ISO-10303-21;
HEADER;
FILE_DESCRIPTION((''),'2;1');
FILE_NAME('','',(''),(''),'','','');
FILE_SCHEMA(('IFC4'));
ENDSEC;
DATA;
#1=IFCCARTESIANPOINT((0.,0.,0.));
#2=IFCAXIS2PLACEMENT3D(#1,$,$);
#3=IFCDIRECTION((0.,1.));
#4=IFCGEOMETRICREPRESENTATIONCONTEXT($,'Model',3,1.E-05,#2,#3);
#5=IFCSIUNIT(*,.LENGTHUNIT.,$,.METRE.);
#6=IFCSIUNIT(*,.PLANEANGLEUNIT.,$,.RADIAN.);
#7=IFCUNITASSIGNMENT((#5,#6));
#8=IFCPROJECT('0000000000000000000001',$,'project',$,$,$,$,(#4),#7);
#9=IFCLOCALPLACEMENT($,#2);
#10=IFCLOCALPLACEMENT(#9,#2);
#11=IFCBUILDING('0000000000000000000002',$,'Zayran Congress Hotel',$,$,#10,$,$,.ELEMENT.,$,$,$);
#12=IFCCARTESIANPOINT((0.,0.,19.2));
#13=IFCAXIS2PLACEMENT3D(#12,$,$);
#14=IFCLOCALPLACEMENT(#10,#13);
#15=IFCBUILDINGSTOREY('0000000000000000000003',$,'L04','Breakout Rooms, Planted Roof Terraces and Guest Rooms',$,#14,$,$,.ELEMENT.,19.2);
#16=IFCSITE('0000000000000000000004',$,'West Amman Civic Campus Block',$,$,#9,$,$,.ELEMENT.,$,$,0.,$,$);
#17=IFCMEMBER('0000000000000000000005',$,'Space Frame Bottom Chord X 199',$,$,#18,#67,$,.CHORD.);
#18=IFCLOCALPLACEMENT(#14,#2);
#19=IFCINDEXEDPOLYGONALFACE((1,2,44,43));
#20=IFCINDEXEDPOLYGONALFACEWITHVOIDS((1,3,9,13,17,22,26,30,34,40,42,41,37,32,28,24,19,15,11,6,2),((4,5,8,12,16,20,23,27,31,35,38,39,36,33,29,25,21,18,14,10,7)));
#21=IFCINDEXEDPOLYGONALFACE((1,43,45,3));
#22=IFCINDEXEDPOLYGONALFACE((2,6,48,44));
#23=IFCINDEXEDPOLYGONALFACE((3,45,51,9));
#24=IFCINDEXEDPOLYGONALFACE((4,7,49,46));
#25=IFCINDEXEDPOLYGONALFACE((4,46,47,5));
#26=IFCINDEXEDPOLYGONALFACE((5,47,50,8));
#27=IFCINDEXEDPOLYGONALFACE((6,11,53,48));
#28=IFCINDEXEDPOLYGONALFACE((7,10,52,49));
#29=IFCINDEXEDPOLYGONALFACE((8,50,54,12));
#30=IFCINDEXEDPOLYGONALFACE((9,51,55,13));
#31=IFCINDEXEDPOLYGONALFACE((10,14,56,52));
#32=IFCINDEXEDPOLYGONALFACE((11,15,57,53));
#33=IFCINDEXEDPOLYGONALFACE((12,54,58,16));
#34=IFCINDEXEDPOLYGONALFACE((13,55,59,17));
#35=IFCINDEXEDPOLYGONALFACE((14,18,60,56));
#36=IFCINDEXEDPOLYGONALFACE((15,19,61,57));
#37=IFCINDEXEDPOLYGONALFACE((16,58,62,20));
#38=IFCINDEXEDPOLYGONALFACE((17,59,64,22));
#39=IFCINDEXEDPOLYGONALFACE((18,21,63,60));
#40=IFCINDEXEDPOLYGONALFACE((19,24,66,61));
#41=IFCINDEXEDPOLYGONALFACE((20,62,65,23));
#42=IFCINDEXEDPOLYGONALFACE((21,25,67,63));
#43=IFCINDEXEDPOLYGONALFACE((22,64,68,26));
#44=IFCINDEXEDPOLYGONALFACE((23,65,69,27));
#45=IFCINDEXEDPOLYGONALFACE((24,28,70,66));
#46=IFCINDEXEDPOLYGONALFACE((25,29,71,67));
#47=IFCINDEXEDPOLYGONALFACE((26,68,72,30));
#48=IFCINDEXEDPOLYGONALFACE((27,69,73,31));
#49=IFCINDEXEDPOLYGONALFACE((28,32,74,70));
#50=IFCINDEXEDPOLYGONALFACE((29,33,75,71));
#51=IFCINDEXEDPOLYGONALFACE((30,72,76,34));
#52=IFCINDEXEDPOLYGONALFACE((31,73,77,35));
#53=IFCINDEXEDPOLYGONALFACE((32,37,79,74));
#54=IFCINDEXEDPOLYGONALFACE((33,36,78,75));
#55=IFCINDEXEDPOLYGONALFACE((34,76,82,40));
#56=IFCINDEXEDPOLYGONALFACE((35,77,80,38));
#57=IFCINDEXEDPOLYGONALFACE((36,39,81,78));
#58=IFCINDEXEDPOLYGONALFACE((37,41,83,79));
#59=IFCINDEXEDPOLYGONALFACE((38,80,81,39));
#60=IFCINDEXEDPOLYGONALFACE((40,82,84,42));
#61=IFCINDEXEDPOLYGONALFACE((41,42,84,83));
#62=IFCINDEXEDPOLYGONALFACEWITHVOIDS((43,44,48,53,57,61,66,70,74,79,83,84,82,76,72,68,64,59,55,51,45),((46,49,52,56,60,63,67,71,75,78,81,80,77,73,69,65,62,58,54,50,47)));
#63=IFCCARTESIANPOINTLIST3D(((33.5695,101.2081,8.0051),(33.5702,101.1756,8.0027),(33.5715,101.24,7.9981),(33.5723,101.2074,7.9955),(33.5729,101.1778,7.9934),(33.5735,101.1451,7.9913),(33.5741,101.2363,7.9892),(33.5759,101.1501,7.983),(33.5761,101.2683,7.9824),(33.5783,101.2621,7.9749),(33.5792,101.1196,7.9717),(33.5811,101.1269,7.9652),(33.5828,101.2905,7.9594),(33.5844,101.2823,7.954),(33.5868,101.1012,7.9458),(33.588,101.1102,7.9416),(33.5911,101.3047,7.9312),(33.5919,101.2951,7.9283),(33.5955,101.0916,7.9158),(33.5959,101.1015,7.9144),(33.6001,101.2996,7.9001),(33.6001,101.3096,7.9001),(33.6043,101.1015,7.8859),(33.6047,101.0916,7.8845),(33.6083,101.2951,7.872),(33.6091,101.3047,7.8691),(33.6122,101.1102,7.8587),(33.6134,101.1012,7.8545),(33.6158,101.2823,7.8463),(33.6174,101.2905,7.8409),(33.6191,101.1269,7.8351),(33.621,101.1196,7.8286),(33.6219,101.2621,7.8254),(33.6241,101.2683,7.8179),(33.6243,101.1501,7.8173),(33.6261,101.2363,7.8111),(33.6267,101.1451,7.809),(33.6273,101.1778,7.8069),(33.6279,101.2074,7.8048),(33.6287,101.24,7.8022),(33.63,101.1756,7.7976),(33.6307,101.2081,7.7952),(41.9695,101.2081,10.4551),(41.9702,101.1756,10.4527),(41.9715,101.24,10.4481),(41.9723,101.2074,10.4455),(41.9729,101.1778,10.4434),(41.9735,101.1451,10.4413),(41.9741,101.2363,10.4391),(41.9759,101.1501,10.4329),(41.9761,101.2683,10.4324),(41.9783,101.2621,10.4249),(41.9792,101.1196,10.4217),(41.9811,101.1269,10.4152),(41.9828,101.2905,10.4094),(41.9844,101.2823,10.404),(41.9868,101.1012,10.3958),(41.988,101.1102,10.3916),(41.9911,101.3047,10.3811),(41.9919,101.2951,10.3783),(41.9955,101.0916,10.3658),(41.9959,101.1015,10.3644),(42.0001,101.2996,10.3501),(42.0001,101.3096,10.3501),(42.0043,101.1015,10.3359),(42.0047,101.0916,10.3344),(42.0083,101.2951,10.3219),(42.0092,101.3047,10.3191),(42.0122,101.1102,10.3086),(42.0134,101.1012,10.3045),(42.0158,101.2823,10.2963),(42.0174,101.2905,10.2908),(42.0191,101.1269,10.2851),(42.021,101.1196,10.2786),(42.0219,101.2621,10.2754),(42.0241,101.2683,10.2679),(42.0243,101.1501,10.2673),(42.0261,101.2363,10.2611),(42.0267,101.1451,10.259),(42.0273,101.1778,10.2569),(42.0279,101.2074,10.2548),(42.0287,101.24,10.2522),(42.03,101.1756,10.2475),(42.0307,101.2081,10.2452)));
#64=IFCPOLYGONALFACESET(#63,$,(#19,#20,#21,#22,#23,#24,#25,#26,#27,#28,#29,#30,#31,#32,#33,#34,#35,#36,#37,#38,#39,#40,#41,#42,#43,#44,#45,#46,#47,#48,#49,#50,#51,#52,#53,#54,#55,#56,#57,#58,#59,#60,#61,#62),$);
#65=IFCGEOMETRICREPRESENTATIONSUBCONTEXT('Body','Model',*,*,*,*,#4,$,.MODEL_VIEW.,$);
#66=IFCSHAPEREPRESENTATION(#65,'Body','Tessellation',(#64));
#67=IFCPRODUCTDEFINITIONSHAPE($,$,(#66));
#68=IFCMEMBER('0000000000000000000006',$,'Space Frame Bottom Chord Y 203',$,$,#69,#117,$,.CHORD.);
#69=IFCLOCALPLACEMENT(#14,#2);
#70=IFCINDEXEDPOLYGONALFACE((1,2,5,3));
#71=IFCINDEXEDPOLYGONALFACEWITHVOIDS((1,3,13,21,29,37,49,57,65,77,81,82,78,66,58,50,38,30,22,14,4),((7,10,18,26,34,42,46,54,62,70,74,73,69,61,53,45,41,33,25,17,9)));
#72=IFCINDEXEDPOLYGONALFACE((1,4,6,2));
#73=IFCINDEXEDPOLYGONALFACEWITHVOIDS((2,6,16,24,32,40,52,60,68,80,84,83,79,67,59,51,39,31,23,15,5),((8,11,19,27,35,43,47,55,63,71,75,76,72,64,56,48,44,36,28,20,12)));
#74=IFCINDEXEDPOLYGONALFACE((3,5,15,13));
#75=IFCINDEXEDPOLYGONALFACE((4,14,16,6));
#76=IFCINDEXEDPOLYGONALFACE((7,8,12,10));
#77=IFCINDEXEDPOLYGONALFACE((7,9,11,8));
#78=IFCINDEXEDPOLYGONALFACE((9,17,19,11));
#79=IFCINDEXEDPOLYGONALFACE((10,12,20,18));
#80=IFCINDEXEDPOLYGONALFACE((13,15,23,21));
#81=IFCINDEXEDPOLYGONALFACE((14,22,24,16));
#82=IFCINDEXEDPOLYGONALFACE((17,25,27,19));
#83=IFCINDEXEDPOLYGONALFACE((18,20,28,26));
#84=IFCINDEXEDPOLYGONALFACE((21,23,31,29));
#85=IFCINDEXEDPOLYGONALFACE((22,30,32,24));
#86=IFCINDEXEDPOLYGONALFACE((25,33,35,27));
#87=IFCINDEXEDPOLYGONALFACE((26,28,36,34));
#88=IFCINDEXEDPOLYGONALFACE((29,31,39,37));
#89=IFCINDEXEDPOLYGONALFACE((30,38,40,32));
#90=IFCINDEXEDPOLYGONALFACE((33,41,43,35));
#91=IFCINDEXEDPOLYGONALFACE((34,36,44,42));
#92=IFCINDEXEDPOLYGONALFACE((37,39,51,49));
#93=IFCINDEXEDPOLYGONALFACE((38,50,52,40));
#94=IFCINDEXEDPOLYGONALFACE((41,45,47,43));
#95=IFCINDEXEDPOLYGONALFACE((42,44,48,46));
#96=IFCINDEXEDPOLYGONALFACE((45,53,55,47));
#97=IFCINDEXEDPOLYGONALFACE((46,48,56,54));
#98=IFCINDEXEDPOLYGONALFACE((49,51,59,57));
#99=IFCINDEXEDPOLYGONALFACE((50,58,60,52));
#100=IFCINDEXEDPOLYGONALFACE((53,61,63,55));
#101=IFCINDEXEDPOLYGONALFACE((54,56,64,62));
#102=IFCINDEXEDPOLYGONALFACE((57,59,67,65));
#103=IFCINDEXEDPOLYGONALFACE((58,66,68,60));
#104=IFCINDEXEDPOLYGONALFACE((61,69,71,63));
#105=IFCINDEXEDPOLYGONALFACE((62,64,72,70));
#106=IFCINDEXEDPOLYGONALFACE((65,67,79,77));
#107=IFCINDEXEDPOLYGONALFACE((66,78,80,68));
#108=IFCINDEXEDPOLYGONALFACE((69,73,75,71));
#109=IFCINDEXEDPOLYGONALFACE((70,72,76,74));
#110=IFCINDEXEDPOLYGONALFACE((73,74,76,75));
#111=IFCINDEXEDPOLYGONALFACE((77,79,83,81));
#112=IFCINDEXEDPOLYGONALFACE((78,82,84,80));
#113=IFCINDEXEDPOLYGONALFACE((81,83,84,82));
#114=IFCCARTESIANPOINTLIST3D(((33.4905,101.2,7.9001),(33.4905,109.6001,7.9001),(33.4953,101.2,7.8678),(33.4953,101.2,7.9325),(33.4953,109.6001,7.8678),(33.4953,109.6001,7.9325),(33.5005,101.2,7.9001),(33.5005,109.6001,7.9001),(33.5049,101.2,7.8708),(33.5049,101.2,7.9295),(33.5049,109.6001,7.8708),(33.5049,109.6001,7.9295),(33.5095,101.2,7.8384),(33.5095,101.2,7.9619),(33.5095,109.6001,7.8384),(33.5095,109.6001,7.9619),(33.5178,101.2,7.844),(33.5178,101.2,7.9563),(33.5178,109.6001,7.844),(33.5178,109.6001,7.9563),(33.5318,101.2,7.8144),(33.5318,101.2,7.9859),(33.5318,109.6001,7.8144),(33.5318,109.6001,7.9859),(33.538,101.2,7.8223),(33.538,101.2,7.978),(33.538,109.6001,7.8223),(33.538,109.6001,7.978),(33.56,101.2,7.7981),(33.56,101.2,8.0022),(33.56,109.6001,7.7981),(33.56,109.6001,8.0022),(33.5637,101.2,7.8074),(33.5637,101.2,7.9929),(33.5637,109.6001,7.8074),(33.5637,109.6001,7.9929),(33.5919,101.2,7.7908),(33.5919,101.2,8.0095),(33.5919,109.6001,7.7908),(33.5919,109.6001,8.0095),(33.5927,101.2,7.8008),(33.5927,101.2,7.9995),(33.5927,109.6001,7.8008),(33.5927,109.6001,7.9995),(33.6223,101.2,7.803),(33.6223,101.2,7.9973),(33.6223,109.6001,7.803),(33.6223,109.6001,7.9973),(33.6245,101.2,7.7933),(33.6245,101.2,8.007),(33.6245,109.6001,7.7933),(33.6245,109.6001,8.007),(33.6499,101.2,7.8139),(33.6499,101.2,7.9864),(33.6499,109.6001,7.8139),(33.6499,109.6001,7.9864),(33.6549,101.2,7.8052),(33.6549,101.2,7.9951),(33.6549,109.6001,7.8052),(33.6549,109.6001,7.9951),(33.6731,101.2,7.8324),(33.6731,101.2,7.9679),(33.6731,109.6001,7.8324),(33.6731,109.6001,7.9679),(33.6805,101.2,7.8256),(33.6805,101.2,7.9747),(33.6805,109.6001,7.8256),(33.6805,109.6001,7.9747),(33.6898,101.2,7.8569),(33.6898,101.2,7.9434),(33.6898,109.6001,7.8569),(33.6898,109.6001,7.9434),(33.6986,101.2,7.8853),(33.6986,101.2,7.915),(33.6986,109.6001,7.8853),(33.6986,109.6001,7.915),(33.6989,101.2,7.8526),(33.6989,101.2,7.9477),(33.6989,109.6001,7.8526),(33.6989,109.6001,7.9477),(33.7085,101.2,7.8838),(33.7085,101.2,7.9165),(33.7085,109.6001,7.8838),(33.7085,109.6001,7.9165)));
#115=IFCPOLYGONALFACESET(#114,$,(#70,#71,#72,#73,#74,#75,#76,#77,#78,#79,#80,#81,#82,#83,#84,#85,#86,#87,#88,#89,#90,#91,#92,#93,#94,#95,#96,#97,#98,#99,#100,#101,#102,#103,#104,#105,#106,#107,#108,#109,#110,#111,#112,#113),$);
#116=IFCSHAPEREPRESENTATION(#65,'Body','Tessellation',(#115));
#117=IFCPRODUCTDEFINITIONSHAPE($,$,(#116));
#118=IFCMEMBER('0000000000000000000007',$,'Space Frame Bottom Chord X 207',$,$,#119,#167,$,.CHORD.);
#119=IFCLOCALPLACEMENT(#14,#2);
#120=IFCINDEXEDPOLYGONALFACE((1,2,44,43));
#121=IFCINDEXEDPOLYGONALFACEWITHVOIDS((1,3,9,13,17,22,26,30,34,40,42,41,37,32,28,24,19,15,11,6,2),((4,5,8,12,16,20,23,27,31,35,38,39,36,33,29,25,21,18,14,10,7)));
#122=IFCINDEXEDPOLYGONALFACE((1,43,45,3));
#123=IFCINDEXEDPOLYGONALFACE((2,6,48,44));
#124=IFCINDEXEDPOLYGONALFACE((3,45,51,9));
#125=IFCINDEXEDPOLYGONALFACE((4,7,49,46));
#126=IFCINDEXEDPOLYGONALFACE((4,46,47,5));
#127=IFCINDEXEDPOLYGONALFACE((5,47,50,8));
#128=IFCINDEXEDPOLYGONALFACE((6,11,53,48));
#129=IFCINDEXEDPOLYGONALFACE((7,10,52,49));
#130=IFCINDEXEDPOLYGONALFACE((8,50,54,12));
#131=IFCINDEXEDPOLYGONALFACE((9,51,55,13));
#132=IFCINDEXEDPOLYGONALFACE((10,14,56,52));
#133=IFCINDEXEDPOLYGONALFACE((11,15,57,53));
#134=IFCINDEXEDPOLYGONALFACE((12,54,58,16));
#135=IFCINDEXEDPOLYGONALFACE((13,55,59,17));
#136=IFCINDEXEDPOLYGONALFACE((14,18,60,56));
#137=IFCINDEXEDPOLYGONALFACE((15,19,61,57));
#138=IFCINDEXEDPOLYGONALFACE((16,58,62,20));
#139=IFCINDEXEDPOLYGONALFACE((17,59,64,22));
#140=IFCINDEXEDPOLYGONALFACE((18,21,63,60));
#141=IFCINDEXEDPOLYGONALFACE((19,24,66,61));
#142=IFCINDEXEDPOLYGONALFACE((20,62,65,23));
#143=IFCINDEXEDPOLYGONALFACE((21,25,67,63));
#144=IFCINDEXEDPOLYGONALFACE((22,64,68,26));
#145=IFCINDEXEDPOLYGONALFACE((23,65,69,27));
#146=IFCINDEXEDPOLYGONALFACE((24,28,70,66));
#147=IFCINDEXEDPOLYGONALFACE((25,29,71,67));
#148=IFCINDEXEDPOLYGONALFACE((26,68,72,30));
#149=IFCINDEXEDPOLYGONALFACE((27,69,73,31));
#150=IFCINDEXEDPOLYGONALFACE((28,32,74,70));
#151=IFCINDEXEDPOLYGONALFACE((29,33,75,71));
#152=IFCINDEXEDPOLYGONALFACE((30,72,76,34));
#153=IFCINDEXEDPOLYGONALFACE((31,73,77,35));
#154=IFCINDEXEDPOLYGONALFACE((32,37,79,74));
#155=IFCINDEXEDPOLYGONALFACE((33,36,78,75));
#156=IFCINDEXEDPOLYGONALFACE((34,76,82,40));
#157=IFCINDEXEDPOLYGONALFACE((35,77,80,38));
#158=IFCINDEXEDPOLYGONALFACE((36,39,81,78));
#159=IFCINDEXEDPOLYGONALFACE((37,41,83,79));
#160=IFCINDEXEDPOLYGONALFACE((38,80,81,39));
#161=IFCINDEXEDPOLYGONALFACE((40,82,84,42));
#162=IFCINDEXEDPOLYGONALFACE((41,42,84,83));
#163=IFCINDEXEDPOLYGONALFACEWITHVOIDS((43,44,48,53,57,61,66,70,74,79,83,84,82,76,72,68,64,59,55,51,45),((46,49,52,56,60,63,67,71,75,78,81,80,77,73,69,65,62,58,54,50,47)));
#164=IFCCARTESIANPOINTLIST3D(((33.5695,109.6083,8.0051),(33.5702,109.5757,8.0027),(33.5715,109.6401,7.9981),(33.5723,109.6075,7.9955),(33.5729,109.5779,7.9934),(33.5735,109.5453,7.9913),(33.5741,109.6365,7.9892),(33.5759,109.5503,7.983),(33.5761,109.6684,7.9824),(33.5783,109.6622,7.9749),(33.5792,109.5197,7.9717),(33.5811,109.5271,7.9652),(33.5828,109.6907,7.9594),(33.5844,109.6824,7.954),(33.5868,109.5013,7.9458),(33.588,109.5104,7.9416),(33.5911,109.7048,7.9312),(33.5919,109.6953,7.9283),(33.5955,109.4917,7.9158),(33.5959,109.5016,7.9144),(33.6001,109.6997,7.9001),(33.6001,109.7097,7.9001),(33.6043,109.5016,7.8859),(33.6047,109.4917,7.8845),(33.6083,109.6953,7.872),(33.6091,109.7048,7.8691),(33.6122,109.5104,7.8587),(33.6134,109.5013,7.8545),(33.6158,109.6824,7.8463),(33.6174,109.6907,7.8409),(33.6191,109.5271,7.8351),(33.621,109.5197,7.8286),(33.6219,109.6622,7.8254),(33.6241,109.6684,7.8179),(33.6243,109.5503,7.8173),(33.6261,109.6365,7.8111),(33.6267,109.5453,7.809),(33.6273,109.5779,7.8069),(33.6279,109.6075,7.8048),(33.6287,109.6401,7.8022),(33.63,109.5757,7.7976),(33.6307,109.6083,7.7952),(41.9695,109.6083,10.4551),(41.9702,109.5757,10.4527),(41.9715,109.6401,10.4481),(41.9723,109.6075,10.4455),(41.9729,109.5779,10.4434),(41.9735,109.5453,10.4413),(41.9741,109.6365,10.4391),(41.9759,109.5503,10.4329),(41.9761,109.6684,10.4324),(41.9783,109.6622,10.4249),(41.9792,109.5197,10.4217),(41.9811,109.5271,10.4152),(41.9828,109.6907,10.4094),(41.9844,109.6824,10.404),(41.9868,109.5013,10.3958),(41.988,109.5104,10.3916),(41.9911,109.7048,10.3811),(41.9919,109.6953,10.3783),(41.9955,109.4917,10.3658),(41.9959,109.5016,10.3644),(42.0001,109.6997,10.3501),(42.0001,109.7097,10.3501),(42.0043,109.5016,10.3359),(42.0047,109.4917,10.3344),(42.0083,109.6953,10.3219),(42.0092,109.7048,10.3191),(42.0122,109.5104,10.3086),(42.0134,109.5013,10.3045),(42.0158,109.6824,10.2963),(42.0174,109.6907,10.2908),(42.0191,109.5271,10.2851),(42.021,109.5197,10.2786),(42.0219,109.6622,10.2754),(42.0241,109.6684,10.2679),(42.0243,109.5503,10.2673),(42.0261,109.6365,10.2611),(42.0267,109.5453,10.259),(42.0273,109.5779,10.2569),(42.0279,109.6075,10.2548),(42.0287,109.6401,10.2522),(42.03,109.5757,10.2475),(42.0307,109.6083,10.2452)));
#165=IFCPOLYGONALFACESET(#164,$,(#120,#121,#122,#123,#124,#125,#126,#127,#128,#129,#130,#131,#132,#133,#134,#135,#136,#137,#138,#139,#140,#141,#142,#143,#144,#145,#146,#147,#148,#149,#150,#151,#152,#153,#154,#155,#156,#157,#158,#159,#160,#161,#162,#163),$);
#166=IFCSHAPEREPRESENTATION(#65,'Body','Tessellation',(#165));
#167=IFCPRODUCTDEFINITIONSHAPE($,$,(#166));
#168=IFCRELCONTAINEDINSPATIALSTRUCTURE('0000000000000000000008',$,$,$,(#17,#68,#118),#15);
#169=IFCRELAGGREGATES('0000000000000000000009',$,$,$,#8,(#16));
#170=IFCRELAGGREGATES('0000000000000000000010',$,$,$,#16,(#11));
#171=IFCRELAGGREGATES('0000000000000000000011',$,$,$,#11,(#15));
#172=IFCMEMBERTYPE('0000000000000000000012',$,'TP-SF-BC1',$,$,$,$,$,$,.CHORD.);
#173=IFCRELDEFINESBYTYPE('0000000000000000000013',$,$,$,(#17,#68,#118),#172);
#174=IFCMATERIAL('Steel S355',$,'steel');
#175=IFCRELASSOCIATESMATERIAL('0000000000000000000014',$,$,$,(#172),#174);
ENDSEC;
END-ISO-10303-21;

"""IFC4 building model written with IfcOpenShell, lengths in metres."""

from ifc_helpers import new_model, si_unit, direction, frame, origin, origin_2d, place, context, subcontext, project, spatial, hollow_circle, extrude, material, material_profile, profile_set, type_object, element, save


model = new_model("IFC4")

# Units and contexts
model_context = context("Model", 3, precision=1e-05, world=origin(), true_north=direction((0.0, 1.0)))
body_context = subcontext(model_context, "Body", "Model", "MODEL_VIEW")
ifc_project = project(units=[si_unit("LENGTHUNIT", "METRE"), si_unit("PLANEANGLEUNIT", "RADIAN")], contexts=[model_context])

# Site, building, storey
site_placement = place(None, origin())
site = spatial("IfcSite", under=ifc_project, at=site_placement, Name="West Amman Civic Campus Block", CompositionType="ELEMENT", RefElevation=0.0)
building_placement = place(site_placement, origin())
building = spatial("IfcBuilding", under=site, at=building_placement, Name="Zayran Congress Hotel", CompositionType="ELEMENT")
storey_placement = place(building_placement, frame((0.0, 0.0, 19.2)))
storey = spatial("IfcBuildingStorey", under=building, at=storey_placement, Name="L04", Description="Breakout Rooms, Planted Roof Terraces and Guest Rooms", CompositionType="ELEMENT", Elevation=19.2)

# Members
ifc_material_1 = material(Name="Steel S355", Category="steel")
ifc_material_profile_1 = material_profile(ifc_material_1, hollow_circle(Radius=0.1096, WallThickness=0.01, at=origin_2d()), Name="CHS 219.1x10")
ifc_profile_set_1 = profile_set([ifc_material_profile_1], Name="Steel S355")
member_type_1 = type_object("IfcMemberType", Name="TP-SF-BC1", PredefinedType="CHORD", material=ifc_profile_set_1)
member_1_placement = place(storey_placement, frame((33.6001, 101.2, 7.9001), z_axis=(0.960001, 0.0, 0.279998), x_axis=(0.0, 1.0, 0.0)))
element("IfcMember", 1, at=member_1_placement, inside=storey, type_object=member_type_1, Name="Space Frame Bottom Chord X 199", PredefinedType="CHORD", context=body_context, shape_type="SweptSolid", body=[
    extrude(hollow_circle(Radius=0.1096, WallThickness=0.01, at=origin_2d()), origin(), (0.0, 0.0, 1.0), 8.75),
])
member_2_placement = place(storey_placement, frame((33.6001, 101.2, 7.9001), z_axis=(0.0, 1.0, 0.0), x_axis=(-1.0, 0.0, 0.0)))
element("IfcMember", 2, at=member_2_placement, inside=storey, type_object=member_type_1, Name="Space Frame Bottom Chord Y 203", PredefinedType="CHORD", context=body_context, shape_type="SweptSolid", body=[
    extrude(hollow_circle(Radius=0.1096, WallThickness=0.01, at=origin_2d()), origin(), (0.0, 0.0, 1.0), 8.4001),
])
member_3_placement = place(storey_placement, frame((33.6001, 109.6001, 7.9001), z_axis=(0.960001, 0.0, 0.279998), x_axis=(0.0, 1.0, 0.0)))
element("IfcMember", 3, at=member_3_placement, inside=storey, type_object=member_type_1, Name="Space Frame Bottom Chord X 207", PredefinedType="CHORD", context=body_context, shape_type="SweptSolid", body=[
    extrude(hollow_circle(Radius=0.1096, WallThickness=0.01, at=origin_2d()), origin(), (0.0, 0.0, 1.0), 8.75),
])

save(model, "model.ifc")
